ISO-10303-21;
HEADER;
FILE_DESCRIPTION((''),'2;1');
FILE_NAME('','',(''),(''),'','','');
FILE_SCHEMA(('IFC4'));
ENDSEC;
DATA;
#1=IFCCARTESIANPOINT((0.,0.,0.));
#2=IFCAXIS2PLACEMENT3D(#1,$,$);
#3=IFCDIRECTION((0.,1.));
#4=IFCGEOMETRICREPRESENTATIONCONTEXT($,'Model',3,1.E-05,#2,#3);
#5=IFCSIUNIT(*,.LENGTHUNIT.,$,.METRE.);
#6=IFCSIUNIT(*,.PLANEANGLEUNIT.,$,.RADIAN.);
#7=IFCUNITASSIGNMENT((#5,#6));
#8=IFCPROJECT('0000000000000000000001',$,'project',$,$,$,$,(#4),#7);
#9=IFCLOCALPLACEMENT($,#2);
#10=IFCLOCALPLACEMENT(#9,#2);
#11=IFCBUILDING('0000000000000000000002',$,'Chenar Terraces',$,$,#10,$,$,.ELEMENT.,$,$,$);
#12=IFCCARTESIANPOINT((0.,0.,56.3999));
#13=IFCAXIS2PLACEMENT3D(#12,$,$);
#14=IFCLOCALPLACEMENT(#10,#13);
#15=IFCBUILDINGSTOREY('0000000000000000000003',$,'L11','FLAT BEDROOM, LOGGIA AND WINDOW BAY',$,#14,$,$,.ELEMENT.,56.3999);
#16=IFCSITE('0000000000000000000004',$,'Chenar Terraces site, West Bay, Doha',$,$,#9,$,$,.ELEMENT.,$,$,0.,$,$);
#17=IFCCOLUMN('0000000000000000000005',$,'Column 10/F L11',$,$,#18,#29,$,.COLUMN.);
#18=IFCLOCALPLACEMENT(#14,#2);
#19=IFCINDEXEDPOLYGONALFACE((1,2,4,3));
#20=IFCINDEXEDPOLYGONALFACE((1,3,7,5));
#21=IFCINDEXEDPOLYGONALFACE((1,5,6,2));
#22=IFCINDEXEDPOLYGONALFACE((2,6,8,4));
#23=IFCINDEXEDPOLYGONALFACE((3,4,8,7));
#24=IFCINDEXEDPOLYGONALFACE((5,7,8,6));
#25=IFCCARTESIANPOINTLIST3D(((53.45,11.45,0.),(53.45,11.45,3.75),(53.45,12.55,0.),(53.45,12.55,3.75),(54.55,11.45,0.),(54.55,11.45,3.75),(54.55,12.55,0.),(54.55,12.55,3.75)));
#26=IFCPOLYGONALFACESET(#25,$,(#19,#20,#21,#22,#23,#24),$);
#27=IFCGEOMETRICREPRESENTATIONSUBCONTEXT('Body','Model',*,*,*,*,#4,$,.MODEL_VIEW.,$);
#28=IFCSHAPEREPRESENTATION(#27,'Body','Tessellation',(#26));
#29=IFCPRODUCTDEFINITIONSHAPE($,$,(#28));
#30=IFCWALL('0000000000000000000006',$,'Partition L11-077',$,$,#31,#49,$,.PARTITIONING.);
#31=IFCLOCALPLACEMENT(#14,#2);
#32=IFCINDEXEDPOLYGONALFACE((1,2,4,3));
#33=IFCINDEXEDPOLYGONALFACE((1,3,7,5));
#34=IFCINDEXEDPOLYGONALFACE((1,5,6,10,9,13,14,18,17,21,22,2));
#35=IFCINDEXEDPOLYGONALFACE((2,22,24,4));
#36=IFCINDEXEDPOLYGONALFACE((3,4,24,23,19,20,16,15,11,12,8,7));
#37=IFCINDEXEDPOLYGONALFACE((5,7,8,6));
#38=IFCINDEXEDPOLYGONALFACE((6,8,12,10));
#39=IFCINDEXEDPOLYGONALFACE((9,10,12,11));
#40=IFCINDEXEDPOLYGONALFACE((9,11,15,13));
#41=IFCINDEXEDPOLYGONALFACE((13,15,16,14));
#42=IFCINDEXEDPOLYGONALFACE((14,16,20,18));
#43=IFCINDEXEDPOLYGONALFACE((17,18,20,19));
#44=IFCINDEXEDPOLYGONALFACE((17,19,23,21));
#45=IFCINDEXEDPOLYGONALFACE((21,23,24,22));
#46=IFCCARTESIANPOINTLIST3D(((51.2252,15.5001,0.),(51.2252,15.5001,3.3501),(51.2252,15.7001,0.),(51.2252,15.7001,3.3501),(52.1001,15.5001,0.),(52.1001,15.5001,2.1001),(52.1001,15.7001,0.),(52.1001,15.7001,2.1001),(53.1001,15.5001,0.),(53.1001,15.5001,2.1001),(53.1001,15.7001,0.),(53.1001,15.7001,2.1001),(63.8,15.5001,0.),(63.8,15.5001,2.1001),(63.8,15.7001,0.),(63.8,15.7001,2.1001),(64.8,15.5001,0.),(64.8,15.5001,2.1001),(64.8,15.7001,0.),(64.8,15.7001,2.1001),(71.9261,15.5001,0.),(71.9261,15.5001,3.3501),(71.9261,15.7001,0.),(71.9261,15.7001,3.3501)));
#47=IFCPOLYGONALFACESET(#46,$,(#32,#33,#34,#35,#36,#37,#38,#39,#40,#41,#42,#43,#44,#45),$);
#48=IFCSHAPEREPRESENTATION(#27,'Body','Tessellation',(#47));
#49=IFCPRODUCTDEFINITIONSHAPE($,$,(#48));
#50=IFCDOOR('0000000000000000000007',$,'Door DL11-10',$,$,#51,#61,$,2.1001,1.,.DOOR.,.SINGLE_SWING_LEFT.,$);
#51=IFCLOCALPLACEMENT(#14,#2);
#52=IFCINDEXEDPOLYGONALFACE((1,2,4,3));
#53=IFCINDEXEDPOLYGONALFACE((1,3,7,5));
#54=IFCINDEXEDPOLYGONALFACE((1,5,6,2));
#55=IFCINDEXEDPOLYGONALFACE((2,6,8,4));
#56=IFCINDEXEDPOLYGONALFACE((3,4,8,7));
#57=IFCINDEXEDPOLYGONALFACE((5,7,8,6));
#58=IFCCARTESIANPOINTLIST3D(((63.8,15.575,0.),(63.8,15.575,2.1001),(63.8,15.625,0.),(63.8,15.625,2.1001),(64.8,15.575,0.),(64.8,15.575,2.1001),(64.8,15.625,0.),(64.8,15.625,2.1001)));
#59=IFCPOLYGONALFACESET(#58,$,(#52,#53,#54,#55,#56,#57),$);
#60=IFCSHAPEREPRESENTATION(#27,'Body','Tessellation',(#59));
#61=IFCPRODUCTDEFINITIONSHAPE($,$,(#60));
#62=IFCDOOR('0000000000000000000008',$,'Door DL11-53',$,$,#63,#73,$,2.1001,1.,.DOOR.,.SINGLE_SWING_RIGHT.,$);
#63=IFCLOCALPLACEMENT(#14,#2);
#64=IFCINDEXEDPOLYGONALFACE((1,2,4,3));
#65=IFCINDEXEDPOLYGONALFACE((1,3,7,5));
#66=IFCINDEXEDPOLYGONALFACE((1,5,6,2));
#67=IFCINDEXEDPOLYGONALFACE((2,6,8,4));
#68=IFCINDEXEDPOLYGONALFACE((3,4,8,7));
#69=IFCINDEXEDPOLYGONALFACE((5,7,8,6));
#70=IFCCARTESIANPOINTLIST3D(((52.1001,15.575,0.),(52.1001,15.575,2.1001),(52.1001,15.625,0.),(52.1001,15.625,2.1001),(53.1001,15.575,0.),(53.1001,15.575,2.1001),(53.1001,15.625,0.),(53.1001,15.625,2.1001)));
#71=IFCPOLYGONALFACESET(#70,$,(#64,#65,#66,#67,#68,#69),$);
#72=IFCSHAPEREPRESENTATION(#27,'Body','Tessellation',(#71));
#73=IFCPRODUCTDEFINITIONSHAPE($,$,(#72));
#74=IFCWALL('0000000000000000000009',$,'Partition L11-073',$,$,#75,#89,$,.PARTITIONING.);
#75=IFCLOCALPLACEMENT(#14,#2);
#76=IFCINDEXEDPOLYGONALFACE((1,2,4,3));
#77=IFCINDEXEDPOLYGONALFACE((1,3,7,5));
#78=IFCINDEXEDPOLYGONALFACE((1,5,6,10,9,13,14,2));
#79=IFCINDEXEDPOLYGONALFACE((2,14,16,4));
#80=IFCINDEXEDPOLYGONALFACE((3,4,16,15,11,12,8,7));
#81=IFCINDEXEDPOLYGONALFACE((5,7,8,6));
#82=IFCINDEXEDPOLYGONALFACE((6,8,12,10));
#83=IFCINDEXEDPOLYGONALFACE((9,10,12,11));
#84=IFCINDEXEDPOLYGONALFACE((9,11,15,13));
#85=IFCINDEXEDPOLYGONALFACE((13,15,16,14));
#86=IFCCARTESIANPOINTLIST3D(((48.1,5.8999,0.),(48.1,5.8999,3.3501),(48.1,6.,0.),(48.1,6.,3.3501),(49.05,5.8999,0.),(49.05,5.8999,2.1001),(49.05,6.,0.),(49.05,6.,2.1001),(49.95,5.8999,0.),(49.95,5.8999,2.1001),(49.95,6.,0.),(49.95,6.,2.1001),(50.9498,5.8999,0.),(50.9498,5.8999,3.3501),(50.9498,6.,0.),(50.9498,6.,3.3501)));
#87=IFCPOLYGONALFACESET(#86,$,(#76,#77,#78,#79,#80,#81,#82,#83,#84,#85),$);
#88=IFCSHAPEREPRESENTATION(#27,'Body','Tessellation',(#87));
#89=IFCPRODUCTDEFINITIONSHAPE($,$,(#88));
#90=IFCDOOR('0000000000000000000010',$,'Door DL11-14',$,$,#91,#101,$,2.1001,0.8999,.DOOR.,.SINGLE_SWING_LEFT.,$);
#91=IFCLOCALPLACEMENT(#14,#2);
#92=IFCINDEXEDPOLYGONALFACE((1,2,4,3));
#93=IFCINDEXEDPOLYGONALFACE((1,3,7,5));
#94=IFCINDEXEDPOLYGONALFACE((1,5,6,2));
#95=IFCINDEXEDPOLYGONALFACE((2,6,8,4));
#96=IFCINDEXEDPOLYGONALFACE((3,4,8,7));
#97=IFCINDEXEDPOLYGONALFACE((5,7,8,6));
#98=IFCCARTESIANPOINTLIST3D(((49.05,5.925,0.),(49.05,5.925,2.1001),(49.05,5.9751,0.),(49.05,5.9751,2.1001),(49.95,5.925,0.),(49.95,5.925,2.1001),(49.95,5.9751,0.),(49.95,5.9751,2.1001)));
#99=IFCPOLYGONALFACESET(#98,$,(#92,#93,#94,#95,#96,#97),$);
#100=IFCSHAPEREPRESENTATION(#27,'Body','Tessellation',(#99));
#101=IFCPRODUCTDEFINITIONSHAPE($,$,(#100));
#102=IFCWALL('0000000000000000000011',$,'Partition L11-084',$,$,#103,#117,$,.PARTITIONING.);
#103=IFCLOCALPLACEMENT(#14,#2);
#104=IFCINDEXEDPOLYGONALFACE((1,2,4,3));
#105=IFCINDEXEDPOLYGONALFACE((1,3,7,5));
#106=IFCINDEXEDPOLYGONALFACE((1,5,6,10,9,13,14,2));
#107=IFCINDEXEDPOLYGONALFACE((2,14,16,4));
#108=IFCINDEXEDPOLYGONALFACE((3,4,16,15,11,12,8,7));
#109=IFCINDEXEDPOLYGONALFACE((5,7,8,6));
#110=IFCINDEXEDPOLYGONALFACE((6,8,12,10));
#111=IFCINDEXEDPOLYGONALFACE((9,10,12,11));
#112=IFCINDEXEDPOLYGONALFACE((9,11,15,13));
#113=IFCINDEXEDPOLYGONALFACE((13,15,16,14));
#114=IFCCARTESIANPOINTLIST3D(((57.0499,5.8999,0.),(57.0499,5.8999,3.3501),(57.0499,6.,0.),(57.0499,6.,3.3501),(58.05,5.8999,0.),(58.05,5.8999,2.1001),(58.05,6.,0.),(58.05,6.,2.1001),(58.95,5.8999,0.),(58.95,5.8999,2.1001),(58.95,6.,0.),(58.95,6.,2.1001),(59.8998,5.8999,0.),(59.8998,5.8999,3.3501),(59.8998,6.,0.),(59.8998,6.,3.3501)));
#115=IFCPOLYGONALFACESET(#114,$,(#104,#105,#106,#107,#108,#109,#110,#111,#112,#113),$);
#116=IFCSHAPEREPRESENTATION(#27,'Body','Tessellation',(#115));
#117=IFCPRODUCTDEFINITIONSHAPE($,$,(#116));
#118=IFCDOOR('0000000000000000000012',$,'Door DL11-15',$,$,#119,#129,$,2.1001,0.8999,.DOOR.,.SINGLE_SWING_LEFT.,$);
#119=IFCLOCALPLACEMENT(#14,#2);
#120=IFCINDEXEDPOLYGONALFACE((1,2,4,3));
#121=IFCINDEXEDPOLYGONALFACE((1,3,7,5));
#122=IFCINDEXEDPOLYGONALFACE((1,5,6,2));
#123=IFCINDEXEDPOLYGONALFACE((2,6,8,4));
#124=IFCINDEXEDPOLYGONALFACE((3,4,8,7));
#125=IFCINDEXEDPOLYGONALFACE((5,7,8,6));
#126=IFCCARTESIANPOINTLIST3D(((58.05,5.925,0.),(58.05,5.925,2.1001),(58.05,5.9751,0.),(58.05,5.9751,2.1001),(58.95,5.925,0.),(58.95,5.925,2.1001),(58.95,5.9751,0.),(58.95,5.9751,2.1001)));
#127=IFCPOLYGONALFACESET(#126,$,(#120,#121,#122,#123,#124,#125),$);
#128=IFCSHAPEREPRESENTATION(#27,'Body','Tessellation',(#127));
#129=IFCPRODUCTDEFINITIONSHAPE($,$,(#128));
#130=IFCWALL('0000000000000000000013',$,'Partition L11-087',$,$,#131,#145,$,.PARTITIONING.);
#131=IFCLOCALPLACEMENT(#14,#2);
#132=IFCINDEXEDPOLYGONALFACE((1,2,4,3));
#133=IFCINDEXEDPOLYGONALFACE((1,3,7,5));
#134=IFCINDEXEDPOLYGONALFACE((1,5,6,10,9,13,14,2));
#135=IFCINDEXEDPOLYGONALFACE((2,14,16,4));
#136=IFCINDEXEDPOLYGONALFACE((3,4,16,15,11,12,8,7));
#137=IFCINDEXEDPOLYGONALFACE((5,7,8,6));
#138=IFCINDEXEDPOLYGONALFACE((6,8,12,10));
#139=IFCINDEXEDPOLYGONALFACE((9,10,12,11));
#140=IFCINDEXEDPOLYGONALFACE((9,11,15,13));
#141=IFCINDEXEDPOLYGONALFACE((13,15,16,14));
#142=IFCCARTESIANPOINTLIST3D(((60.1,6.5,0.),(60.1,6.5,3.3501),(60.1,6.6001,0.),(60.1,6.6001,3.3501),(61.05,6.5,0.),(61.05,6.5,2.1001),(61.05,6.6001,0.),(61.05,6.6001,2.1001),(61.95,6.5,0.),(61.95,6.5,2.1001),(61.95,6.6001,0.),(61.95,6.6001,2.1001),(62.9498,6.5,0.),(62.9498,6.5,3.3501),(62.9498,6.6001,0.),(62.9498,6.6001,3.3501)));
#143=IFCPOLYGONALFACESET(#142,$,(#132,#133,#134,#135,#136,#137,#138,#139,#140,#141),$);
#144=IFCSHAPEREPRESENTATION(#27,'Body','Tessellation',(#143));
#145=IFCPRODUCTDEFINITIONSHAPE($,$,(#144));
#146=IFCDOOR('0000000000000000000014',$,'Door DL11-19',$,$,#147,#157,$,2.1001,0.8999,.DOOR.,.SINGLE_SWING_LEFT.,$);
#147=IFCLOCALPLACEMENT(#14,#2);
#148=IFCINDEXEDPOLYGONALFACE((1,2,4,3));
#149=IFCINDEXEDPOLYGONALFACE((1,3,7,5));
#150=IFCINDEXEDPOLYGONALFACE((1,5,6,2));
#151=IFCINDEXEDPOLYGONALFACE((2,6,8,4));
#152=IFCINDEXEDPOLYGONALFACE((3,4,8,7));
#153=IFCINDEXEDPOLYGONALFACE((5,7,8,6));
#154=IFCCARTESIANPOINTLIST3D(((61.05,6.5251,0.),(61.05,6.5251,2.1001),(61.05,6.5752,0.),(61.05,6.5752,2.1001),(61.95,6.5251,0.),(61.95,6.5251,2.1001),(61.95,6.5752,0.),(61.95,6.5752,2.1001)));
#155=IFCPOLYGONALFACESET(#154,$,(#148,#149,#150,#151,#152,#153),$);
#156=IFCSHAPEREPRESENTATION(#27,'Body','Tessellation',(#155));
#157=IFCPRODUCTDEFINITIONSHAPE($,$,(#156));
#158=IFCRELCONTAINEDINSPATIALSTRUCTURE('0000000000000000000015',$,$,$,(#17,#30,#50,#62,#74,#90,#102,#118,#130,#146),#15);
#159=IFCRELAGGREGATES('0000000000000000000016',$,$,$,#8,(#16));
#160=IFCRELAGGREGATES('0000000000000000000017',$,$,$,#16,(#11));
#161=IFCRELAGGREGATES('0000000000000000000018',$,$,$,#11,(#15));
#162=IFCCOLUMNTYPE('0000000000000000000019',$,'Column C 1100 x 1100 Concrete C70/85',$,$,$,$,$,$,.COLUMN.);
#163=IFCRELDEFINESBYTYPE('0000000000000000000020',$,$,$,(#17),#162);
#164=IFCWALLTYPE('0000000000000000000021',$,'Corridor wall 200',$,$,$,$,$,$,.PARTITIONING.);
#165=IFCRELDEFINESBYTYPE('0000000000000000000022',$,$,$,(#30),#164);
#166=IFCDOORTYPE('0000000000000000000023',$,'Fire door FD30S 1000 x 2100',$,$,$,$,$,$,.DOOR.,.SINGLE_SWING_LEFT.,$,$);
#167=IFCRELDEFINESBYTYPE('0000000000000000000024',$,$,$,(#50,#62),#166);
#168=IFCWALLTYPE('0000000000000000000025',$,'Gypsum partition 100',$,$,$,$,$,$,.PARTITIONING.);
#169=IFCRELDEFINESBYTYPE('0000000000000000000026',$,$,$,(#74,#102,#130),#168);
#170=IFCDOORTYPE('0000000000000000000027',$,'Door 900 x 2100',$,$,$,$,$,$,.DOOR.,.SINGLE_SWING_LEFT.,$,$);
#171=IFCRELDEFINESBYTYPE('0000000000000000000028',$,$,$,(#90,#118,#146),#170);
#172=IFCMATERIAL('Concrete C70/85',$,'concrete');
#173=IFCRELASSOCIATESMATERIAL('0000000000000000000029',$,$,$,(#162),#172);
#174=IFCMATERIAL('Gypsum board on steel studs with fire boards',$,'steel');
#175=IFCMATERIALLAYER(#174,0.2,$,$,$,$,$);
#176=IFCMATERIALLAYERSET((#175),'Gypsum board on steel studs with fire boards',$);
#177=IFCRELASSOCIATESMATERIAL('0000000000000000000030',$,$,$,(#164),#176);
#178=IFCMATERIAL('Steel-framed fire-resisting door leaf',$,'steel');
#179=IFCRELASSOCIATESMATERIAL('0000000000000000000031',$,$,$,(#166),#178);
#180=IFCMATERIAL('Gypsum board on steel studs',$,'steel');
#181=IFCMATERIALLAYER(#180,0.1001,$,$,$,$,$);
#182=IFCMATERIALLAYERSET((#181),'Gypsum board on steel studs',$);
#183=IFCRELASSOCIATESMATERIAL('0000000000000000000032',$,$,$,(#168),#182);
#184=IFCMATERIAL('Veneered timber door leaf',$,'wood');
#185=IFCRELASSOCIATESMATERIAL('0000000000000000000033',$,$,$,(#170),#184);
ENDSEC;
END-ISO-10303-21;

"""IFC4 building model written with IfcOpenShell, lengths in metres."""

from ifc_helpers import new_model, si_unit, direction, frame, frame_2d, origin, origin_2d, place, context, subcontext, project, spatial, rectangle, extrude, material, layer, layer_set, material_profile, profile_set, type_object, element, fill, save


model = new_model("IFC4")

# Units and contexts
model_context = context("Model", 3, precision=1e-05, world=origin(), true_north=direction((0.0, 1.0)))
body_context = subcontext(model_context, "Body", "Model", "MODEL_VIEW")
ifc_project = project(units=[si_unit("LENGTHUNIT", "METRE"), si_unit("PLANEANGLEUNIT", "RADIAN")], contexts=[model_context])

# Site, building, storey
site_placement = place(None, origin())
site = spatial("IfcSite", under=ifc_project, at=site_placement, Name="Chenar Terraces site, West Bay, Doha", CompositionType="ELEMENT", RefElevation=0.0)
building_placement = place(site_placement, origin())
building = spatial("IfcBuilding", under=site, at=building_placement, Name="Chenar Terraces", CompositionType="ELEMENT")
storey_placement = place(building_placement, frame((0.0, 0.0, 56.3999)))
storey = spatial("IfcBuildingStorey", under=building, at=storey_placement, Name="L11", Description="FLAT BEDROOM, LOGGIA AND WINDOW BAY", CompositionType="ELEMENT", Elevation=56.3999)

# Column
ifc_material_1 = material(Name="Concrete C70/85", Category="concrete")
ifc_material_profile = material_profile(ifc_material_1, rectangle(XDim=1.1001, YDim=1.1001, at=origin_2d()), Name="C 1100 x 1100")
ifc_profile_set = profile_set([ifc_material_profile], Name="Concrete C70/85")
column_type = type_object("IfcColumnType", Name="Column C 1100 x 1100 Concrete C70/85", PredefinedType="COLUMN", material=ifc_profile_set)
column_placement = place(storey_placement, frame((54.0, 12.0, 0.0), z_axis=(0.0, 0.0, 1.0), x_axis=(1.0, 0.0, 0.0)))
element("IfcColumn", 1, at=column_placement, inside=storey, type_object=column_type, Name="Column 10/F L11", PredefinedType="COLUMN", context=body_context, shape_type="SweptSolid", body=[
    extrude(rectangle(XDim=1.1001, YDim=1.1001, at=origin_2d()), origin(), (0.0, 0.0, 1.0), 3.75),
])

# Wall, openings, doors
ifc_material_2 = material(Name="Gypsum board on steel studs with fire boards", Category="steel")
ifc_layer_1 = layer(ifc_material_2, 0.2)
ifc_layer_set_1 = layer_set([ifc_layer_1], Name="Gypsum board on steel studs with fire boards")
wall_type_1 = type_object("IfcWallType", Name="Corridor wall 200", PredefinedType="PARTITIONING", material=ifc_layer_set_1)
wall_1_placement = place(storey_placement, frame((51.2251, 15.6001, 0.0), z_axis=(0.0, 0.0, 1.0), x_axis=(1.0, 0.0, 0.0)))
wall_1 = element("IfcWall", 2, at=wall_1_placement, inside=storey, type_object=wall_type_1, Name="Partition L11-077", PredefinedType="PARTITIONING", context=body_context, shape_type="SweptSolid", body=[
    extrude(rectangle(XDim=20.7009, YDim=0.2, at=frame_2d((10.3506, 0.0))), origin(), (0.0, 0.0, 1.0), 3.3501),
])
opening_1_placement = place(wall_1_placement, frame((12.575, 0.0, 0.0)))
opening_1 = element("IfcOpeningElement", 3, at=opening_1_placement, cuts=wall_1, PredefinedType="OPENING", context=body_context, shape_type="SweptSolid", body=[
    extrude(rectangle(XDim=1.0, YDim=2.1001, at=frame_2d((0.5, 1.05))), frame((0.0, 0.1099, 0.0), z_axis=(0.0, -1.0, 0.0), x_axis=(1.0, 0.0, 0.0)), (0.0, 0.0, 1.0), 0.22),
])
opening_2_placement = place(wall_1_placement, frame((0.875, 0.0, 0.0)))
opening_2 = element("IfcOpeningElement", 4, at=opening_2_placement, cuts=wall_1, PredefinedType="OPENING", context=body_context, shape_type="SweptSolid", body=[
    extrude(rectangle(XDim=1.0, YDim=2.1001, at=frame_2d((0.5, 1.05))), frame((0.0, 0.1099, 0.0), z_axis=(0.0, -1.0, 0.0), x_axis=(1.0, 0.0, 0.0)), (0.0, 0.0, 1.0), 0.22),
])
ifc_material_3 = material(Name="Steel-framed fire-resisting door leaf", Category="steel")
door_type_1 = type_object("IfcDoorType", Name="Fire door FD30S 1000 x 2100", OperationType="SINGLE_SWING_LEFT", PredefinedType="DOOR", material=ifc_material_3)
door_1_placement = place(opening_1_placement, origin())
door_1 = element("IfcDoor", 5, at=door_1_placement, inside=storey, type_object=door_type_1, Name="Door DL11-10", OperationType="SINGLE_SWING_LEFT", OverallHeight=2.1001, OverallWidth=1.0, PredefinedType="DOOR", context=body_context, shape_type="SweptSolid", body=[
    extrude(rectangle(XDim=1.0, YDim=2.1001, at=frame_2d((0.5, 1.05))), frame((0.0, 0.0249, 0.0), z_axis=(0.0, -1.0, 0.0), x_axis=(1.0, 0.0, 0.0)), (0.0, 0.0, 1.0), 0.05),
])
fill(opening_1, door_1)
door_2_placement = place(opening_2_placement, origin())
door_2 = element("IfcDoor", 6, at=door_2_placement, inside=storey, type_object=door_type_1, Name="Door DL11-53", OperationType="SINGLE_SWING_RIGHT", OverallHeight=2.1001, OverallWidth=1.0, PredefinedType="DOOR", context=body_context, shape_type="SweptSolid", body=[
    extrude(rectangle(XDim=1.0, YDim=2.1001, at=frame_2d((0.5, 1.05))), frame((0.0, 0.0249, 0.0), z_axis=(0.0, -1.0, 0.0), x_axis=(1.0, 0.0, 0.0)), (0.0, 0.0, 1.0), 0.05),
])
fill(opening_2, door_2)

# Walls, openings, doors
ifc_material_4 = material(Name="Gypsum board on steel studs", Category="steel")
ifc_layer_2 = layer(ifc_material_4, 0.1001)
ifc_layer_set_2 = layer_set([ifc_layer_2], Name="Gypsum board on steel studs")
wall_type_2 = type_object("IfcWallType", Name="Gypsum partition 100", PredefinedType="PARTITIONING", material=ifc_layer_set_2)
wall_2_placement = place(storey_placement, frame((48.1001, 5.95, 0.0), z_axis=(0.0, 0.0, 1.0), x_axis=(1.0, 0.0, 0.0)))
wall_2 = element("IfcWall", 7, at=wall_2_placement, inside=storey, type_object=wall_type_2, Name="Partition L11-073", PredefinedType="PARTITIONING", context=body_context, shape_type="SweptSolid", body=[
    extrude(rectangle(XDim=2.8499, YDim=0.1001, at=frame_2d((1.4248, 0.0))), origin(), (0.0, 0.0, 1.0), 3.3501),
])
opening_3_placement = place(wall_2_placement, frame((0.95, 0.0, 0.0)))
opening_3 = element("IfcOpeningElement", 8, at=opening_3_placement, cuts=wall_2, PredefinedType="OPENING", context=body_context, shape_type="SweptSolid", body=[
    extrude(rectangle(XDim=0.8999, YDim=2.1001, at=frame_2d((0.45, 1.05))), frame((0.0, 0.0601, 0.0), z_axis=(0.0, -1.0, 0.0), x_axis=(1.0, 0.0, 0.0)), (0.0, 0.0, 1.0), 0.1201),
])
ifc_material_5 = material(Name="Veneered timber door leaf", Category="wood")
door_type_2 = type_object("IfcDoorType", Name="Door 900 x 2100", OperationType="SINGLE_SWING_LEFT", PredefinedType="DOOR", material=ifc_material_5)
door_3_placement = place(opening_3_placement, frame((0.8999, 0.0, 0.0), z_axis=(0.0, 0.0, 1.0), x_axis=(-1.0, 0.0, 0.0)))
door_3 = element("IfcDoor", 9, at=door_3_placement, inside=storey, type_object=door_type_2, Name="Door DL11-14", OperationType="SINGLE_SWING_LEFT", OverallHeight=2.1001, OverallWidth=0.8999, PredefinedType="DOOR", context=body_context, shape_type="SweptSolid", body=[
    extrude(rectangle(XDim=0.8999, YDim=2.1001, at=frame_2d((0.45, 1.05))), frame((0.0, 0.0249, 0.0), z_axis=(0.0, -1.0, 0.0), x_axis=(1.0, 0.0, 0.0)), (0.0, 0.0, 1.0), 0.05),
])
fill(opening_3, door_3)
wall_3_placement = place(storey_placement, frame((57.05, 5.95, 0.0), z_axis=(0.0, 0.0, 1.0), x_axis=(1.0, 0.0, 0.0)))
wall_3 = element("IfcWall", 10, at=wall_3_placement, inside=storey, type_object=wall_type_2, Name="Partition L11-084", PredefinedType="PARTITIONING", context=body_context, shape_type="SweptSolid", body=[
    extrude(rectangle(XDim=2.8499, YDim=0.1001, at=frame_2d((1.4248, 0.0))), origin(), (0.0, 0.0, 1.0), 3.3501),
])
opening_4_placement = place(wall_3_placement, frame((1.0, 0.0, 0.0)))
opening_4 = element("IfcOpeningElement", 11, at=opening_4_placement, cuts=wall_3, PredefinedType="OPENING", context=body_context, shape_type="SweptSolid", body=[
    extrude(rectangle(XDim=0.8999, YDim=2.1001, at=frame_2d((0.45, 1.05))), frame((0.0, 0.0601, 0.0), z_axis=(0.0, -1.0, 0.0), x_axis=(1.0, 0.0, 0.0)), (0.0, 0.0, 1.0), 0.1201),
])
door_4_placement = place(opening_4_placement, frame((0.8999, 0.0, 0.0), z_axis=(0.0, 0.0, 1.0), x_axis=(-1.0, 0.0, 0.0)))
door_4 = element("IfcDoor", 12, at=door_4_placement, inside=storey, type_object=door_type_2, Name="Door DL11-15", OperationType="SINGLE_SWING_LEFT", OverallHeight=2.1001, OverallWidth=0.8999, PredefinedType="DOOR", context=body_context, shape_type="SweptSolid", body=[
    extrude(rectangle(XDim=0.8999, YDim=2.1001, at=frame_2d((0.45, 1.05))), frame((0.0, 0.0249, 0.0), z_axis=(0.0, -1.0, 0.0), x_axis=(1.0, 0.0, 0.0)), (0.0, 0.0, 1.0), 0.05),
])
fill(opening_4, door_4)
wall_4_placement = place(storey_placement, frame((60.1001, 6.55, 0.0), z_axis=(0.0, 0.0, 1.0), x_axis=(1.0, 0.0, 0.0)))
wall_4 = element("IfcWall", 13, at=wall_4_placement, inside=storey, type_object=wall_type_2, Name="Partition L11-087", PredefinedType="PARTITIONING", context=body_context, shape_type="SweptSolid", body=[
    extrude(rectangle(XDim=2.8499, YDim=0.1001, at=frame_2d((1.4248, 0.0))), origin(), (0.0, 0.0, 1.0), 3.3501),
])
opening_5_placement = place(wall_4_placement, frame((0.95, 0.0, 0.0)))
opening_5 = element("IfcOpeningElement", 14, at=opening_5_placement, cuts=wall_4, PredefinedType="OPENING", context=body_context, shape_type="SweptSolid", body=[
    extrude(rectangle(XDim=0.8999, YDim=2.1001, at=frame_2d((0.45, 1.05))), frame((0.0, 0.0601, 0.0), z_axis=(0.0, -1.0, 0.0), x_axis=(1.0, 0.0, 0.0)), (0.0, 0.0, 1.0), 0.1201),
])
door_5_placement = place(opening_5_placement, frame((0.8999, 0.0, 0.0), z_axis=(0.0, 0.0, 1.0), x_axis=(-1.0, 0.0, 0.0)))
door_5 = element("IfcDoor", 15, at=door_5_placement, inside=storey, type_object=door_type_2, Name="Door DL11-19", OperationType="SINGLE_SWING_LEFT", OverallHeight=2.1001, OverallWidth=0.8999, PredefinedType="DOOR", context=body_context, shape_type="SweptSolid", body=[
    extrude(rectangle(XDim=0.8999, YDim=2.1001, at=frame_2d((0.45, 1.05))), frame((0.0, 0.0249, 0.0), z_axis=(0.0, -1.0, 0.0), x_axis=(1.0, 0.0, 0.0)), (0.0, 0.0, 1.0), 0.05),
])
fill(opening_5, door_5)

save(model, "model.ifc")
